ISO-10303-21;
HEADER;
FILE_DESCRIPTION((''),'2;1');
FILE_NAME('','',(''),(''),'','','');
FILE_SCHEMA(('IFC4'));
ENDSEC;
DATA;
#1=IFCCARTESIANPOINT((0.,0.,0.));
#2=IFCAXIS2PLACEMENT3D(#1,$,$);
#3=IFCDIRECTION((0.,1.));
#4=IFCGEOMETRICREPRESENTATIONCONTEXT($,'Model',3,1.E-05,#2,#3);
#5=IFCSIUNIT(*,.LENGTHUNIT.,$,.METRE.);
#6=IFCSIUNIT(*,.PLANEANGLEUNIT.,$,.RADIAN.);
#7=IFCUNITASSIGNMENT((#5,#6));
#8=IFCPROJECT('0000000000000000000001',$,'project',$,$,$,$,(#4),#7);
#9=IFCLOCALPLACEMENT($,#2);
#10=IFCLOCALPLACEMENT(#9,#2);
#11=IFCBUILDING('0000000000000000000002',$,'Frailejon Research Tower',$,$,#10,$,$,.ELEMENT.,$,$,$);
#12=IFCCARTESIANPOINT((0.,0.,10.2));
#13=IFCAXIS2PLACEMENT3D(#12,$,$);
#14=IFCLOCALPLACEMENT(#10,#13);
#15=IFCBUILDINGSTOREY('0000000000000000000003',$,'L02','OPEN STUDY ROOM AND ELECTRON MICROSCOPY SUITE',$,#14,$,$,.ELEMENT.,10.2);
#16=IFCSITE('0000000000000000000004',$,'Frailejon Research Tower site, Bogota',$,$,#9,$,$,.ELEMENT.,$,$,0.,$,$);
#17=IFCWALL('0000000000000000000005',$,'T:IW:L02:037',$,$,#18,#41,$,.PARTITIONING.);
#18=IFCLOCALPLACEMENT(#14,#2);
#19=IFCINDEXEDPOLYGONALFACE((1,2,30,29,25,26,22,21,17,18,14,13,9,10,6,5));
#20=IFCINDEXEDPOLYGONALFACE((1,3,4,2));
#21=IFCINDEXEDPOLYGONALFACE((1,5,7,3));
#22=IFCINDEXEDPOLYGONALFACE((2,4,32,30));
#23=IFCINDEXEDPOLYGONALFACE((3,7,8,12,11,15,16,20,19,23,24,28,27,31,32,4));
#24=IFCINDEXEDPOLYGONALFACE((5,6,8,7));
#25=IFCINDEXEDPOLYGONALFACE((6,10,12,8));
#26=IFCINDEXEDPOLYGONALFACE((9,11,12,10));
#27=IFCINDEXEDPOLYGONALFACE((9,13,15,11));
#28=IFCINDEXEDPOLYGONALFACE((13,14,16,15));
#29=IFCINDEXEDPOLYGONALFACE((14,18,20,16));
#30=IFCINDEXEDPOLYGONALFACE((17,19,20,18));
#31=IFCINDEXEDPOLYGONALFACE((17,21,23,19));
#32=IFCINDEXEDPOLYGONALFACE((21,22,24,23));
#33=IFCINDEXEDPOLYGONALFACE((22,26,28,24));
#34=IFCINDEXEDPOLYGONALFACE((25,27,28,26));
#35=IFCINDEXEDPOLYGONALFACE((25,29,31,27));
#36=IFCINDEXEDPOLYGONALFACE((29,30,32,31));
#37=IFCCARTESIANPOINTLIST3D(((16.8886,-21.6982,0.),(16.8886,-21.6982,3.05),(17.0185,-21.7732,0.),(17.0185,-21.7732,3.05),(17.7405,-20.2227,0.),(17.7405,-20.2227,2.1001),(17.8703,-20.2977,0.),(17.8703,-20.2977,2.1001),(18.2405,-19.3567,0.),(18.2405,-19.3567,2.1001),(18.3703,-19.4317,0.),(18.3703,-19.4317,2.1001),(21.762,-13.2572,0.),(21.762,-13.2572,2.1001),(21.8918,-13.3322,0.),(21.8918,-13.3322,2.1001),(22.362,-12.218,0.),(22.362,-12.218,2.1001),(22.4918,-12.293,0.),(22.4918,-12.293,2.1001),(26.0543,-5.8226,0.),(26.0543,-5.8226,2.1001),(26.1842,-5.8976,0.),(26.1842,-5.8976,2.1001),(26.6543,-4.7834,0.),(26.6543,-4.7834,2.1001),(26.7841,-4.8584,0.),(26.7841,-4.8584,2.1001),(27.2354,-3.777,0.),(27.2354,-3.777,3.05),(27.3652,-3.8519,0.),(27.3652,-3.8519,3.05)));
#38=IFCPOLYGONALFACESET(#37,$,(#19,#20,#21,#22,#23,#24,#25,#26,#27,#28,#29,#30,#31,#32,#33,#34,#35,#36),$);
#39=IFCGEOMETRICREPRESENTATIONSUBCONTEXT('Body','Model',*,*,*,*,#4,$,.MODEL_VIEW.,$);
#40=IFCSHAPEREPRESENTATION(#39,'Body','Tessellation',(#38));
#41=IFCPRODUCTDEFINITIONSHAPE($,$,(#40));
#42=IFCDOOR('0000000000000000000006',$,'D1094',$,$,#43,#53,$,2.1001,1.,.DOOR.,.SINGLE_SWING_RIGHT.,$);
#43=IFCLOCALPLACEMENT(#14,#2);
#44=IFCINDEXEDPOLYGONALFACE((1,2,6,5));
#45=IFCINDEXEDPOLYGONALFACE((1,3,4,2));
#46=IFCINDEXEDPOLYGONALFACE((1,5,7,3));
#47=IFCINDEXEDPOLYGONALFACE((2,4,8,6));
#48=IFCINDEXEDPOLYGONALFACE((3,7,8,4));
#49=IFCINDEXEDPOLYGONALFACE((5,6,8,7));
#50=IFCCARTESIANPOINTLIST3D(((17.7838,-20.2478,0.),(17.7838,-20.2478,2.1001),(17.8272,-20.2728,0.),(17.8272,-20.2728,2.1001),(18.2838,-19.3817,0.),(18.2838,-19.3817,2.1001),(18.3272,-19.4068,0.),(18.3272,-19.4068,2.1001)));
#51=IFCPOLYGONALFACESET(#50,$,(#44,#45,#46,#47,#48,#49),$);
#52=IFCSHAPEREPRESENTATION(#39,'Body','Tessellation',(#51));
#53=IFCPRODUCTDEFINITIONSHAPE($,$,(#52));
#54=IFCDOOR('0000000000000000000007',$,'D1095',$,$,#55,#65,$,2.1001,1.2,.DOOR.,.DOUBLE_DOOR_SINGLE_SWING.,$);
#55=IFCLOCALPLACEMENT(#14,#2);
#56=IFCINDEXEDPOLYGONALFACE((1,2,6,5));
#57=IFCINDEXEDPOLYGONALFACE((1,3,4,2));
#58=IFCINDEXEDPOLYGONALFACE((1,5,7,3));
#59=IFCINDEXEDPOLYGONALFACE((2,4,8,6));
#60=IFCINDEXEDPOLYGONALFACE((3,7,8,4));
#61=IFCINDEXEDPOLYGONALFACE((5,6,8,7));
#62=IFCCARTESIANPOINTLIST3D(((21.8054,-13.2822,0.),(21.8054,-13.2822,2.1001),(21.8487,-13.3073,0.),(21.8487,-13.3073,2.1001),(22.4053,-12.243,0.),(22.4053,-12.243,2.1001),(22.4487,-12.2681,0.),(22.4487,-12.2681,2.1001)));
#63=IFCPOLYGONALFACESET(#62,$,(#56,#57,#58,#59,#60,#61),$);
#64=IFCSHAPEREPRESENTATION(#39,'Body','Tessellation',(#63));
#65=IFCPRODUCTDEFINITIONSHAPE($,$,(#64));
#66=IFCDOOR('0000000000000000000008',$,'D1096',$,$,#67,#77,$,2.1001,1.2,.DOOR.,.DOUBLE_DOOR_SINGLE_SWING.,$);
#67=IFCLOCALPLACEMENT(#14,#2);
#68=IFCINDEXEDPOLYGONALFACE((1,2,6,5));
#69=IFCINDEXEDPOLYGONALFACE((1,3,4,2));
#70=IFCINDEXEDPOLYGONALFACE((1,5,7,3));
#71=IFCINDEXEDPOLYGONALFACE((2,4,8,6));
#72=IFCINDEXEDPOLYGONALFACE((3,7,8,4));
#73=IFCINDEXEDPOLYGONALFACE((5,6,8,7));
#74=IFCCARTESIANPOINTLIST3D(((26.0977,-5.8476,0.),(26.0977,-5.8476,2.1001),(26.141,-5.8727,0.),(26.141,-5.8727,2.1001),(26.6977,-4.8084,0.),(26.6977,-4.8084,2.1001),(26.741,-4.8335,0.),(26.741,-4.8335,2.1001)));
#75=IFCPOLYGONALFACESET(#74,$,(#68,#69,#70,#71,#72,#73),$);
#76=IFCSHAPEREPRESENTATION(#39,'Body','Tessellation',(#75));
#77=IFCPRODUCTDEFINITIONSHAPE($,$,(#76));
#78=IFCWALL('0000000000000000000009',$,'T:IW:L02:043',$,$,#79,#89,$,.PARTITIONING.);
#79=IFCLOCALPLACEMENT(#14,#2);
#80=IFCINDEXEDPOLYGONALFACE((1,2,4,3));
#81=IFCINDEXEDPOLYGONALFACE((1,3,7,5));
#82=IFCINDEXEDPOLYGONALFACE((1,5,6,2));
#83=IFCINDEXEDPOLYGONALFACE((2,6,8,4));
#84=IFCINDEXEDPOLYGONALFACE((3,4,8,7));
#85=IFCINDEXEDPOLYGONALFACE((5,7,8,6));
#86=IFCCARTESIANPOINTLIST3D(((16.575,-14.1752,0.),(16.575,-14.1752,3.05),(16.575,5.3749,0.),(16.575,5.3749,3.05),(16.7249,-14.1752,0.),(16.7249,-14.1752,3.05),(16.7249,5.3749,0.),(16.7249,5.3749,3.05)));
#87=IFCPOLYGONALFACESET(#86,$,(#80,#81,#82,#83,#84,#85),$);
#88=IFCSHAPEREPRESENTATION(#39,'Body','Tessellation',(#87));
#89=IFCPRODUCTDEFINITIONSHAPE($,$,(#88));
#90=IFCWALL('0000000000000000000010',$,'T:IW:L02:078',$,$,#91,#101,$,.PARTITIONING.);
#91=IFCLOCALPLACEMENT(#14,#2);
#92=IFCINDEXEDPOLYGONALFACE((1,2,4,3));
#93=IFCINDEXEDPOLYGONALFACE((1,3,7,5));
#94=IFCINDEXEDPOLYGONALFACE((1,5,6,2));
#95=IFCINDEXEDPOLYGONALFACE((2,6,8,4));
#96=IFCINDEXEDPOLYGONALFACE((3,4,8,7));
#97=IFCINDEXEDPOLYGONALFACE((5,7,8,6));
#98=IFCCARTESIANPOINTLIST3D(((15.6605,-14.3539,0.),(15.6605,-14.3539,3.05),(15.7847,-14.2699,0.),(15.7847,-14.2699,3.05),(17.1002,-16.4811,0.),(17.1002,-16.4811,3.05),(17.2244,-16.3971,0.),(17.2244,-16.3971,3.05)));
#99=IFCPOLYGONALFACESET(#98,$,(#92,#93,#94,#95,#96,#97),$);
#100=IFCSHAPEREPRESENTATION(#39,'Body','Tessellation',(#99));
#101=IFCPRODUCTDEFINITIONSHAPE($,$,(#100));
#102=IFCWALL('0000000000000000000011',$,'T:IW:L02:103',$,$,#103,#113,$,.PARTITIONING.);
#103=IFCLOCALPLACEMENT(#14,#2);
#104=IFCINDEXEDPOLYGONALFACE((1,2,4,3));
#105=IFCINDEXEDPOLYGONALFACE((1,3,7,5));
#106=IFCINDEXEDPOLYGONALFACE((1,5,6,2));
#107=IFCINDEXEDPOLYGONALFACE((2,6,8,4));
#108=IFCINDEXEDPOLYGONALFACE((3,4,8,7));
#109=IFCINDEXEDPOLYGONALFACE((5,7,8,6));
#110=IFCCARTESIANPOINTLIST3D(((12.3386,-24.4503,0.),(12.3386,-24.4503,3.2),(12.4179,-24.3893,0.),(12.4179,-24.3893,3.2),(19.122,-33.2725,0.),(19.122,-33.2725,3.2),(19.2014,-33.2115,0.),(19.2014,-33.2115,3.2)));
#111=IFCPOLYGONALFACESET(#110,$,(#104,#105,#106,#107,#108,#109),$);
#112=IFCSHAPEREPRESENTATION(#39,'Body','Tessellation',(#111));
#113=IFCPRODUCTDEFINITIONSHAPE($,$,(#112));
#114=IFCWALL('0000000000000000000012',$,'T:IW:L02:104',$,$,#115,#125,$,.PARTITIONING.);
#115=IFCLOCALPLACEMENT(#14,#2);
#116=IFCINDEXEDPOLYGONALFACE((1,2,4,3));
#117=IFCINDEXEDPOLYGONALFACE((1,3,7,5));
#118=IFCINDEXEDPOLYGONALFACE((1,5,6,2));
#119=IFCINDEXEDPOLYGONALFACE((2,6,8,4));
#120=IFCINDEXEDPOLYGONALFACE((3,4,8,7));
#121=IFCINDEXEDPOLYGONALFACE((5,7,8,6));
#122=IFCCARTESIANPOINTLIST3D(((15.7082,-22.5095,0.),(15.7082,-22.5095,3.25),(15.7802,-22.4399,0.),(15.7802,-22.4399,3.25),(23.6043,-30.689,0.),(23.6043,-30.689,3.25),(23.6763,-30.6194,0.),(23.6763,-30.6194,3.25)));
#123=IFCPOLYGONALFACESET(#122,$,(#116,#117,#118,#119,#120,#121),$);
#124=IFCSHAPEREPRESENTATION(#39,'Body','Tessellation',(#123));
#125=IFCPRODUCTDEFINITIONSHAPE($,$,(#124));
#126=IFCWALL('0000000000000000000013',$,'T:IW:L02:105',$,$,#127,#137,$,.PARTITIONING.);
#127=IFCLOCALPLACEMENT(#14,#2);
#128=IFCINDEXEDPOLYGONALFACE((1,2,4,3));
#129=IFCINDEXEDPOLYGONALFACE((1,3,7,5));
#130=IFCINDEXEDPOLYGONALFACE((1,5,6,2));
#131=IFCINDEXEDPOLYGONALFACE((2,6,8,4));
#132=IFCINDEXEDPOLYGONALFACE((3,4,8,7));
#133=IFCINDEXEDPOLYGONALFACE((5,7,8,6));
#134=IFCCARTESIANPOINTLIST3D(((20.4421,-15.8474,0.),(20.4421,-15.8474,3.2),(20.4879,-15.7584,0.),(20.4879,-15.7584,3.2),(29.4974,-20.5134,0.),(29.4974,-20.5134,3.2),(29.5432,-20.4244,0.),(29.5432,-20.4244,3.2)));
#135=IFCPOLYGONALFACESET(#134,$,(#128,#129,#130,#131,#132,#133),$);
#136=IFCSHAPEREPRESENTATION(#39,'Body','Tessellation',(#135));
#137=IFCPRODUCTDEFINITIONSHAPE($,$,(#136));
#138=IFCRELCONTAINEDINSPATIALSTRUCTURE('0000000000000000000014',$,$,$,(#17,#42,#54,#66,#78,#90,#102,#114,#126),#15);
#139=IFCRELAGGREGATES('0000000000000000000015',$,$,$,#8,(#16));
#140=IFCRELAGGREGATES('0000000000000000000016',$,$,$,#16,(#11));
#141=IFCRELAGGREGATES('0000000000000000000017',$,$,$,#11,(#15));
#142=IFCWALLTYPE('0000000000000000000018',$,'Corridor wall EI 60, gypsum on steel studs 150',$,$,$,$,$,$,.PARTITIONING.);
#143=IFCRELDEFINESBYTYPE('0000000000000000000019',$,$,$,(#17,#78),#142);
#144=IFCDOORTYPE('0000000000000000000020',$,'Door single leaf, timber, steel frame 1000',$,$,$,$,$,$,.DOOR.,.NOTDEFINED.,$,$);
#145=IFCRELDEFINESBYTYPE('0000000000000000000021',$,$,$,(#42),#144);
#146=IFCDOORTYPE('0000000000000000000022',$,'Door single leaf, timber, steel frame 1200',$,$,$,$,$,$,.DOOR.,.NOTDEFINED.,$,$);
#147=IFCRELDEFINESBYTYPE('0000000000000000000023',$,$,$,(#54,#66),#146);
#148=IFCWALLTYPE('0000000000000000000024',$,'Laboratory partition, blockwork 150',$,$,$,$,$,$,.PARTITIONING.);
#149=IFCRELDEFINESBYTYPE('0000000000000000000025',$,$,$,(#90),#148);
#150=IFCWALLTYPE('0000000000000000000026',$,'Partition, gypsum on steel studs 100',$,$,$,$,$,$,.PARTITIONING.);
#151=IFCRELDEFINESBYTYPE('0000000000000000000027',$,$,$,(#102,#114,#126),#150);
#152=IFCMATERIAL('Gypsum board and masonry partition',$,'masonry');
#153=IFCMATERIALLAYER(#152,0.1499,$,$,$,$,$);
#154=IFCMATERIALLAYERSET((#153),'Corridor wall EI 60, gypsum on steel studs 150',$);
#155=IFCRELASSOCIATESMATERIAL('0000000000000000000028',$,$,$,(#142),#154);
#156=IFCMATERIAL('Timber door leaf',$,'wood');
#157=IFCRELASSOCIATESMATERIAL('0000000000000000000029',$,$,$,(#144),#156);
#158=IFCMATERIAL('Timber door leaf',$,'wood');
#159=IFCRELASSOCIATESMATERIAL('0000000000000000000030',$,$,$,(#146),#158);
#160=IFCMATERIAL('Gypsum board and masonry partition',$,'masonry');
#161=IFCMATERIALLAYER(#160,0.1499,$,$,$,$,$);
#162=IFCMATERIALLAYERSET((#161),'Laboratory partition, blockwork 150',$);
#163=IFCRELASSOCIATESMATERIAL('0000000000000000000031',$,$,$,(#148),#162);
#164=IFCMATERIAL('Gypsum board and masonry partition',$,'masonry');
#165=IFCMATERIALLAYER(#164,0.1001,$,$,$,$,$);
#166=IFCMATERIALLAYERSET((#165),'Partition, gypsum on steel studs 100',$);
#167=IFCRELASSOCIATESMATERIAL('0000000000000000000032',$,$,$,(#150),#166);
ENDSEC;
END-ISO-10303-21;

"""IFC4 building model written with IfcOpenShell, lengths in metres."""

from ifc_helpers import new_model, si_unit, direction, frame, frame_2d, origin, place, context, subcontext, project, spatial, rectangle, extrude, material, layer, layer_set, type_object, element, fill, save


model = new_model("IFC4")

# Units and contexts
model_context = context("Model", 3, precision=1e-05, world=origin(), true_north=direction((0.0, 1.0)))
body_context = subcontext(model_context, "Body", "Model", "MODEL_VIEW")
ifc_project = project(units=[si_unit("LENGTHUNIT", "METRE"), si_unit("PLANEANGLEUNIT", "RADIAN")], contexts=[model_context])

# Site, building, storey
site_placement = place(None, origin())
site = spatial("IfcSite", under=ifc_project, at=site_placement, Name="Frailejon Research Tower site, Bogota", CompositionType="ELEMENT", RefElevation=0.0)
building_placement = place(site_placement, origin())
building = spatial("IfcBuilding", under=site, at=building_placement, Name="Frailejon Research Tower", CompositionType="ELEMENT")
storey_placement = place(building_placement, frame((0.0, 0.0, 10.2)))
storey = spatial("IfcBuildingStorey", under=building, at=storey_placement, Name="L02", Description="OPEN STUDY ROOM AND ELECTRON MICROSCOPY SUITE", CompositionType="ELEMENT", Elevation=10.2)

# Shared definitions
ifc_material_1 = material(Name="Gypsum board and masonry partition", Category="masonry")
ifc_layer_1 = layer(ifc_material_1, 0.1499)
ifc_layer_set_1 = layer_set([ifc_layer_1], Name="Corridor wall EI 60, gypsum on steel studs 150")
wall_type_1 = type_object("IfcWallType", Name="Corridor wall EI 60, gypsum on steel studs 150", PredefinedType="PARTITIONING", material=ifc_layer_set_1)

# Wall, openings, doors
wall_1_placement = place(storey_placement, frame((16.9536, -21.7356, 0.0), z_axis=(0.0, 0.0, 1.0), x_axis=(0.499996, 0.866027, 0.0)))
wall_1 = element("IfcWall", 1, at=wall_1_placement, inside=storey, type_object=wall_type_1, Name="T:IW:L02:037", PredefinedType="PARTITIONING", context=body_context, shape_type="SweptSolid", body=[
    extrude(rectangle(XDim=20.6936, YDim=0.1499, at=frame_2d((10.3467, 0.0))), origin(), (0.0, 0.0, 1.0), 3.05),
])
opening_1_placement = place(wall_1_placement, frame((1.7036, 0.0, 0.0)))
opening_1 = element("IfcOpeningElement", 2, at=opening_1_placement, cuts=wall_1, PredefinedType="OPENING", context=body_context, shape_type="SweptSolid", body=[
    extrude(rectangle(XDim=1.0, YDim=2.1001, at=frame_2d((0.5, 1.05))), frame((0.0, 0.085, 0.0), z_axis=(0.0, -1.0, 0.0), x_axis=(1.0, 0.0, 0.0)), (0.0, 0.0, 1.0), 0.1699),
])
opening_2_placement = place(wall_1_placement, frame((9.7466, 0.0, 0.0)))
opening_2 = element("IfcOpeningElement", 3, at=opening_2_placement, cuts=wall_1, PredefinedType="OPENING", context=body_context, shape_type="SweptSolid", body=[
    extrude(rectangle(XDim=1.2, YDim=2.1001, at=frame_2d((0.6001, 1.05))), frame((0.0, 0.085, 0.0), z_axis=(0.0, -1.0, 0.0), x_axis=(1.0, 0.0, 0.0)), (0.0, 0.0, 1.0), 0.1699),
])
opening_3_placement = place(wall_1_placement, frame((18.3313, 0.0, 0.0)))
opening_3 = element("IfcOpeningElement", 4, at=opening_3_placement, cuts=wall_1, PredefinedType="OPENING", context=body_context, shape_type="SweptSolid", body=[
    extrude(rectangle(XDim=1.2, YDim=2.1001, at=frame_2d((0.6001, 1.05))), frame((0.0, 0.085, 0.0), z_axis=(0.0, -1.0, 0.0), x_axis=(1.0, 0.0, 0.0)), (0.0, 0.0, 1.0), 0.1699),
])
ifc_material_2 = material(Name="Timber door leaf", Category="wood")
door_type_1 = type_object("IfcDoorType", Name="Door single leaf, timber, steel frame 1000", OperationType="NOTDEFINED", PredefinedType="DOOR", material=ifc_material_2)
door_1_placement = place(opening_1_placement, origin())
door_1 = element("IfcDoor", 5, at=door_1_placement, inside=storey, type_object=door_type_1, Name="D1094", OperationType="SINGLE_SWING_RIGHT", OverallHeight=2.1001, OverallWidth=1.0, PredefinedType="DOOR", context=body_context, shape_type="SweptSolid", body=[
    extrude(rectangle(XDim=1.0, YDim=2.1001, at=frame_2d((0.5, 1.05))), frame((0.0, 0.0249, 0.0), z_axis=(0.0, -1.0, 0.0), x_axis=(1.0, 0.0, 0.0)), (0.0, 0.0, 1.0), 0.05),
])
fill(opening_1, door_1)
ifc_material_3 = material(Name="Timber door leaf", Category="wood")
door_type_2 = type_object("IfcDoorType", Name="Door single leaf, timber, steel frame 1200", OperationType="NOTDEFINED", PredefinedType="DOOR", material=ifc_material_3)
door_2_placement = place(opening_2_placement, origin())
door_2 = element("IfcDoor", 6, at=door_2_placement, inside=storey, type_object=door_type_2, Name="D1095", OperationType="DOUBLE_DOOR_SINGLE_SWING", OverallHeight=2.1001, OverallWidth=1.2, PredefinedType="DOOR", context=body_context, shape_type="SweptSolid", body=[
    extrude(rectangle(XDim=1.2, YDim=2.1001, at=frame_2d((0.6001, 1.05))), frame((0.0, 0.0249, 0.0), z_axis=(0.0, -1.0, 0.0), x_axis=(1.0, 0.0, 0.0)), (0.0, 0.0, 1.0), 0.05),
])
fill(opening_2, door_2)
door_3_placement = place(opening_3_placement, origin())
door_3 = element("IfcDoor", 7, at=door_3_placement, inside=storey, type_object=door_type_2, Name="D1096", OperationType="DOUBLE_DOOR_SINGLE_SWING", OverallHeight=2.1001, OverallWidth=1.2, PredefinedType="DOOR", context=body_context, shape_type="SweptSolid", body=[
    extrude(rectangle(XDim=1.2, YDim=2.1001, at=frame_2d((0.6001, 1.05))), frame((0.0, 0.0249, 0.0), z_axis=(0.0, -1.0, 0.0), x_axis=(1.0, 0.0, 0.0)), (0.0, 0.0, 1.0), 0.05),
])
fill(opening_3, door_3)

# Walls
wall_2_placement = place(storey_placement, frame((16.6499, -14.175, 0.0), z_axis=(0.0, 0.0, 1.0), x_axis=(0.0, 1.0, 0.0)))
element("IfcWall", 8, at=wall_2_placement, inside=storey, type_object=wall_type_1, Name="T:IW:L02:043", PredefinedType="PARTITIONING", context=body_context, shape_type="SweptSolid", body=[
    extrude(rectangle(XDim=19.55, YDim=0.1499, at=frame_2d((9.7749, 0.0))), origin(), (0.0, 0.0, 1.0), 3.05),
])
ifc_material_4 = material(Name="Gypsum board and masonry partition", Category="masonry")
ifc_layer_2 = layer(ifc_material_4, 0.1499)
ifc_layer_set_2 = layer_set([ifc_layer_2], Name="Laboratory partition, blockwork 150")
wall_type_2 = type_object("IfcWallType", Name="Laboratory partition, blockwork 150", PredefinedType="PARTITIONING", material=ifc_layer_set_2)
wall_3_placement = place(storey_placement, frame((15.7227, -14.312, 0.0), z_axis=(0.0, 0.0, 1.0), x_axis=(0.560499, -0.828155, 0.0)))
element("IfcWall", 9, at=wall_3_placement, inside=storey, type_object=wall_type_2, Name="T:IW:L02:078", PredefinedType="PARTITIONING", context=body_context, shape_type="SweptSolid", body=[
    extrude(rectangle(XDim=2.5686, YDim=0.1499, at=frame_2d((1.2842, 0.0))), origin(), (0.0, 0.0, 1.0), 3.05),
])
ifc_material_5 = material(Name="Gypsum board and masonry partition", Category="masonry")
ifc_layer_3 = layer(ifc_material_5, 0.1001)
ifc_layer_set_3 = layer_set([ifc_layer_3], Name="Partition, gypsum on steel studs 100")
wall_type_3 = type_object("IfcWallType", Name="Partition, gypsum on steel studs 100", PredefinedType="PARTITIONING", material=ifc_layer_set_3)
wall_4_placement = place(storey_placement, frame((12.3782, -24.4197, 0.0), z_axis=(0.0, 0.0, 1.0), x_axis=(0.609546, -0.79275, 0.0)))
element("IfcWall", 10, at=wall_4_placement, inside=storey, type_object=wall_type_3, Name="T:IW:L02:103", PredefinedType="PARTITIONING", context=body_context, shape_type="SweptSolid", body=[
    extrude(rectangle(XDim=11.1287, YDim=0.1001, at=frame_2d((5.5645, 0.0))), origin(), (0.0, 0.0, 1.0), 3.2),
])
wall_5_placement = place(storey_placement, frame((15.7441, -22.4746, 0.0), z_axis=(0.0, 0.0, 1.0), x_axis=(0.694531, -0.719463, 0.0)))
element("IfcWall", 11, at=wall_5_placement, inside=storey, type_object=wall_type_3, Name="T:IW:L02:104", PredefinedType="PARTITIONING", context=body_context, shape_type="SweptSolid", body=[
    extrude(rectangle(XDim=11.3689, YDim=0.1001, at=frame_2d((5.6846, 0.0))), origin(), (0.0, 0.0, 1.0), 3.25),
])
wall_6_placement = place(storey_placement, frame((20.4651, -15.803, 0.0), z_axis=(0.0, 0.0, 1.0), x_axis=(0.88893, -0.458042, 0.0)))
element("IfcWall", 12, at=wall_6_placement, inside=storey, type_object=wall_type_3, Name="T:IW:L02:105", PredefinedType="PARTITIONING", context=body_context, shape_type="SweptSolid", body=[
    extrude(rectangle(XDim=10.1868, YDim=0.1001, at=frame_2d((5.0933, 0.0))), origin(), (0.0, 0.0, 1.0), 3.2),
])

save(model, "model.ifc")
